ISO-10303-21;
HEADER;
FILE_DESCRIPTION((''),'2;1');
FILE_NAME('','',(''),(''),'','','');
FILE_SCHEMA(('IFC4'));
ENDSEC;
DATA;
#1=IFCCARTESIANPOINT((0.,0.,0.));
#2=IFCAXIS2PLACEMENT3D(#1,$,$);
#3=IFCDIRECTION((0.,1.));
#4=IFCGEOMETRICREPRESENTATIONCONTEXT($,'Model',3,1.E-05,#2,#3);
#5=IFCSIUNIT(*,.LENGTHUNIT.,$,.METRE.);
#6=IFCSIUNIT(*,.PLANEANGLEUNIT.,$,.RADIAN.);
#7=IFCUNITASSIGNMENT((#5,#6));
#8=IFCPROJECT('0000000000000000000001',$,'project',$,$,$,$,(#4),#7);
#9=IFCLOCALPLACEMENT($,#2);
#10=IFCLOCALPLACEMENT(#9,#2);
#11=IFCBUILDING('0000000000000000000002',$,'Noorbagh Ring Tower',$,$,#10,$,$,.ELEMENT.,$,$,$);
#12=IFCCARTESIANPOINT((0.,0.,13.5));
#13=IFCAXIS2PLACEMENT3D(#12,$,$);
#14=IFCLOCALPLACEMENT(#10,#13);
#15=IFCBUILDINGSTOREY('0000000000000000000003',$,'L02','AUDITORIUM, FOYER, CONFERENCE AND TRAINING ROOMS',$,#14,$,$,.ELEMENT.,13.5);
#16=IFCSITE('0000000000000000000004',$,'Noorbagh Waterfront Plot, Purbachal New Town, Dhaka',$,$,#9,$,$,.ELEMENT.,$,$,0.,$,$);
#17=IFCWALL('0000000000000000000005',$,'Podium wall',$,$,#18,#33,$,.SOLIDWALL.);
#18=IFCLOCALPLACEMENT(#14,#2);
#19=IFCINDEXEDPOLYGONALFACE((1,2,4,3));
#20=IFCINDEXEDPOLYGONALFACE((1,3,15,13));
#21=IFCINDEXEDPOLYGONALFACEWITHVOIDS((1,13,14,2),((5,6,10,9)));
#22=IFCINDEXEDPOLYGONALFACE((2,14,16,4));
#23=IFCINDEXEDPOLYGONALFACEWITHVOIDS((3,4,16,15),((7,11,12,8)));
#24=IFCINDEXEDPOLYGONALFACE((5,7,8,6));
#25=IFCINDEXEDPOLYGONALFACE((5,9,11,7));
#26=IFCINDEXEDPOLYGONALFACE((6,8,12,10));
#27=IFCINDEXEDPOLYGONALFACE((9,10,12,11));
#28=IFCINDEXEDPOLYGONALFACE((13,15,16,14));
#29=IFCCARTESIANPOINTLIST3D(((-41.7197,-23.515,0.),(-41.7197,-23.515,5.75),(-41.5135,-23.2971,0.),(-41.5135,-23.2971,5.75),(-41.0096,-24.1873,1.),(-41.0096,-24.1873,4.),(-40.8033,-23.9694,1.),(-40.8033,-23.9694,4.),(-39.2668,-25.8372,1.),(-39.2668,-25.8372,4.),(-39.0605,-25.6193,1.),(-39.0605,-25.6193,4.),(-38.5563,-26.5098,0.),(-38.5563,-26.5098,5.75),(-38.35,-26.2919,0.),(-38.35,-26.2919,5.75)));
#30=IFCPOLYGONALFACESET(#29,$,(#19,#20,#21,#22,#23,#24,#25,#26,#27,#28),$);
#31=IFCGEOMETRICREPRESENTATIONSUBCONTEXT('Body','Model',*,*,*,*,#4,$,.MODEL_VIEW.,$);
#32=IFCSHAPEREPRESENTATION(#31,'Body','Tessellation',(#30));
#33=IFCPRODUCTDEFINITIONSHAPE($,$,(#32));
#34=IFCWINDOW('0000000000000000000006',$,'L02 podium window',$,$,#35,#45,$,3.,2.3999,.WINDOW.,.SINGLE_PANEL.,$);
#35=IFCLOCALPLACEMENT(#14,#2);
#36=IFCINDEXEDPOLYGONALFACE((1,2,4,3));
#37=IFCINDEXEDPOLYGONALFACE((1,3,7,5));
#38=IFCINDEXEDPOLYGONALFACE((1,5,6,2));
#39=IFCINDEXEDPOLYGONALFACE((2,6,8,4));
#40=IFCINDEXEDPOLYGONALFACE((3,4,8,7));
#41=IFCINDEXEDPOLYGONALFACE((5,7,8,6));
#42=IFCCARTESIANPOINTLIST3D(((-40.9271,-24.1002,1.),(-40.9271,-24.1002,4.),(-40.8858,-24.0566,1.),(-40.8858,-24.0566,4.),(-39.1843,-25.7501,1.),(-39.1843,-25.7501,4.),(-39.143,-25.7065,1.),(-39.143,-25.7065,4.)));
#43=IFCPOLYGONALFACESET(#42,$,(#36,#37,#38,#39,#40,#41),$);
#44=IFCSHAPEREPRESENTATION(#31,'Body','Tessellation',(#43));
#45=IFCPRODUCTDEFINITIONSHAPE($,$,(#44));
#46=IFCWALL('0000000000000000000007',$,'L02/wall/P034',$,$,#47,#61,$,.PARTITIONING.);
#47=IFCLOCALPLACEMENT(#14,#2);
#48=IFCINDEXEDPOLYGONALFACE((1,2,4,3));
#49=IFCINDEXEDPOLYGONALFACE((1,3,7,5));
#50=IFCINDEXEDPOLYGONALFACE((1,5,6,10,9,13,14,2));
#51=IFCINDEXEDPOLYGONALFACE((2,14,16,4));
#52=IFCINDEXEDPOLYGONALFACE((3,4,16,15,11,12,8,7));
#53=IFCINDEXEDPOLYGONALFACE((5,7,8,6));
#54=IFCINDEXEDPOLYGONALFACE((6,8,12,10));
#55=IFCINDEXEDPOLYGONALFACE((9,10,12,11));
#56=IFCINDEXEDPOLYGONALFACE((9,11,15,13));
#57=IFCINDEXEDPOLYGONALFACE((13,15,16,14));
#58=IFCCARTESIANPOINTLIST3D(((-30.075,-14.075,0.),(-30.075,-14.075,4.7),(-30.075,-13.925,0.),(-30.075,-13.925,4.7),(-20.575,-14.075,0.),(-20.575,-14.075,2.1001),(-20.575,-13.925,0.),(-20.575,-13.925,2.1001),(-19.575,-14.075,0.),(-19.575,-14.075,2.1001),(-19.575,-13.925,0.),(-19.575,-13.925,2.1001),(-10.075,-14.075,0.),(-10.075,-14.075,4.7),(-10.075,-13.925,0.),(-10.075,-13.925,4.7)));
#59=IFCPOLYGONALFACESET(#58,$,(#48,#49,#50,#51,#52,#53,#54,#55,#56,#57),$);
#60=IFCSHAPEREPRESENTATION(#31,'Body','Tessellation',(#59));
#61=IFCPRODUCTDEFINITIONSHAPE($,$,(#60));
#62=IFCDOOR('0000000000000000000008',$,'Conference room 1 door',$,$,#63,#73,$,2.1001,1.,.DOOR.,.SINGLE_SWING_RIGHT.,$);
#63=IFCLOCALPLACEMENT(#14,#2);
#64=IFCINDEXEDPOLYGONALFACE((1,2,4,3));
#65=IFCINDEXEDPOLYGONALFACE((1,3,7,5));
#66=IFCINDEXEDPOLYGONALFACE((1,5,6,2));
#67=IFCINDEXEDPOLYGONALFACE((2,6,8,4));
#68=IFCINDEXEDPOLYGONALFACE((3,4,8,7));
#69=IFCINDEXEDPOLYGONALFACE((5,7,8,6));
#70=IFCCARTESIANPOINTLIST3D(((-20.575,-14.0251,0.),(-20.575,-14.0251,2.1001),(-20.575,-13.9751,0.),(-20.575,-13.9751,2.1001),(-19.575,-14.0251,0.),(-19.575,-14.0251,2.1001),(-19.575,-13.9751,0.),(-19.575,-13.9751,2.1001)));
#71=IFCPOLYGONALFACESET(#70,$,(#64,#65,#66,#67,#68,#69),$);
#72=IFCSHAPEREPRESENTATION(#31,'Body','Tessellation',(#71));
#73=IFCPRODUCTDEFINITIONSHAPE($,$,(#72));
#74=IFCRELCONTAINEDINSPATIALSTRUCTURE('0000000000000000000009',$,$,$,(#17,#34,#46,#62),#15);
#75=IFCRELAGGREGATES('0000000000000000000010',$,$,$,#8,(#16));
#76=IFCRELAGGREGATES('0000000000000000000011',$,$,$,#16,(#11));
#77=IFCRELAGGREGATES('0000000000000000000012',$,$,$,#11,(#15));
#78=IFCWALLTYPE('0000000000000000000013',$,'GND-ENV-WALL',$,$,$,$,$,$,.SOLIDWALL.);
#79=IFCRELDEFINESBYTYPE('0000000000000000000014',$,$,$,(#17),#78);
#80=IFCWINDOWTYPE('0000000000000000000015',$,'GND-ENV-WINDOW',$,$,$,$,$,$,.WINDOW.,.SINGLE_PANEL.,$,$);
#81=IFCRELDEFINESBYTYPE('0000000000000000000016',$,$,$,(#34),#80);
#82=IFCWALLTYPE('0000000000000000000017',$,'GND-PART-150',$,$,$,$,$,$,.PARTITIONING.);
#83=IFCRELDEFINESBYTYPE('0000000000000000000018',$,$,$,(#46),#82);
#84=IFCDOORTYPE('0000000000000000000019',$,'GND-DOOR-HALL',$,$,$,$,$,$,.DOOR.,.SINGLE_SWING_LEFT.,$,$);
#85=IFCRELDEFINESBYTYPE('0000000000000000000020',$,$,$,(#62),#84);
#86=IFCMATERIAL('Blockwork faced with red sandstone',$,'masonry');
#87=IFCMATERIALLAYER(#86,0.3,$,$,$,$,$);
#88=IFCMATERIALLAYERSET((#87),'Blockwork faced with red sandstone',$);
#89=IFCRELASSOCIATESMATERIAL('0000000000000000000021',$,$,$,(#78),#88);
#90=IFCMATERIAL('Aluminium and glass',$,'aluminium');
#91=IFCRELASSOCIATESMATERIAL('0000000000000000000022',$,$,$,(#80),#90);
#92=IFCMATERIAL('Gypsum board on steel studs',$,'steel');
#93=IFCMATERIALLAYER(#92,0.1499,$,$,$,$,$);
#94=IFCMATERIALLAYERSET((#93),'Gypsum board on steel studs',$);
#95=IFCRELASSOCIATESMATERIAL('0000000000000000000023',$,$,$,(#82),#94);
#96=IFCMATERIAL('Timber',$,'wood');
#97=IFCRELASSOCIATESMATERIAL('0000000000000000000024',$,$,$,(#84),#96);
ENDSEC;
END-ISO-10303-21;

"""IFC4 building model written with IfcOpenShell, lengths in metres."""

from ifc_helpers import new_model, si_unit, direction, frame, frame_2d, origin, place, context, subcontext, project, spatial, rectangle, extrude, material, layer, layer_set, type_object, element, fill, save


model = new_model("IFC4")

# Units and contexts
model_context = context("Model", 3, precision=1e-05, world=origin(), true_north=direction((0.0, 1.0)))
body_context = subcontext(model_context, "Body", "Model", "MODEL_VIEW")
ifc_project = project(units=[si_unit("LENGTHUNIT", "METRE"), si_unit("PLANEANGLEUNIT", "RADIAN")], contexts=[model_context])

# Site, building, storey
site_placement = place(None, origin())
site = spatial("IfcSite", under=ifc_project, at=site_placement, Name="Noorbagh Waterfront Plot, Purbachal New Town, Dhaka", CompositionType="ELEMENT", RefElevation=0.0)
building_placement = place(site_placement, origin())
building = spatial("IfcBuilding", under=site, at=building_placement, Name="Noorbagh Ring Tower", CompositionType="ELEMENT")
storey_placement = place(building_placement, frame((0.0, 0.0, 13.5)))
storey = spatial("IfcBuildingStorey", under=building, at=storey_placement, Name="L02", Description="AUDITORIUM, FOYER, CONFERENCE AND TRAINING ROOMS", CompositionType="ELEMENT", Elevation=13.5)

# Wall, opening, window
ifc_material_1 = material(Name="Blockwork faced with red sandstone", Category="masonry")
ifc_layer_1 = layer(ifc_material_1, 0.3)
ifc_layer_set_1 = layer_set([ifc_layer_1], Name="Blockwork faced with red sandstone")
wall_type_1 = type_object("IfcWallType", Name="GND-ENV-WALL", PredefinedType="SOLIDWALL", material=ifc_layer_set_1)
ifc_material_2 = material(Name="Aluminium and glass", Category="aluminium")
window_type = type_object("IfcWindowType", Name="GND-ENV-WINDOW", PartitioningType="SINGLE_PANEL", PredefinedType="WINDOW", material=ifc_material_2)
wall_1_placement = place(storey_placement, frame((-41.6167, -23.406, 0.0), z_axis=(0.0, 0.0, 1.0), x_axis=(0.726204, -0.687479, 0.0)))
wall_1 = element("IfcWall", 1, at=wall_1_placement, inside=storey, type_object=wall_type_1, Name="Podium wall", PredefinedType="SOLIDWALL", context=body_context, shape_type="SweptSolid", body=[
    extrude(rectangle(XDim=4.3562, YDim=0.3, at=frame_2d((2.1782, 0.0))), origin(), (0.0, 0.0, 1.0), 5.75),
])
opening_1_placement = place(wall_1_placement, frame((0.978, 0.0, 1.0)))
opening_1 = element("IfcOpeningElement", 2, at=opening_1_placement, cuts=wall_1, PredefinedType="OPENING", context=body_context, shape_type="SweptSolid", body=[
    extrude(rectangle(XDim=2.3999, YDim=3.0, at=frame_2d((1.2, 1.5))), frame((0.0, 0.1602, 0.0), z_axis=(0.0, -1.0, 0.0), x_axis=(1.0, 0.0, 0.0)), (0.0, 0.0, 1.0), 0.3201),
])
window_1_placement = place(opening_1_placement, origin())
window_1 = element("IfcWindow", 3, at=window_1_placement, inside=storey, type_object=window_type, Name="L02 podium window", OverallHeight=3.0, OverallWidth=2.3999, PartitioningType="SINGLE_PANEL", PredefinedType="WINDOW", context=body_context, shape_type="SweptSolid", body=[
    extrude(rectangle(XDim=2.3999, YDim=3.0, at=frame_2d((1.2, 1.5))), frame((0.0, 0.03, 0.0), z_axis=(0.0, -1.0, 0.0), x_axis=(1.0, 0.0, 0.0)), (0.0, 0.0, 1.0), 0.0601),
])
fill(opening_1, window_1)

# Wall, opening, door
ifc_material_3 = material(Name="Gypsum board on steel studs", Category="steel")
ifc_layer_2 = layer(ifc_material_3, 0.1499)
ifc_layer_set_2 = layer_set([ifc_layer_2], Name="Gypsum board on steel studs")
wall_type_2 = type_object("IfcWallType", Name="GND-PART-150", PredefinedType="PARTITIONING", material=ifc_layer_set_2)
wall_2_placement = place(storey_placement, frame((-30.075, -14.0, 0.0), z_axis=(0.0, 0.0, 1.0), x_axis=(1.0, 0.0, 0.0)))
wall_2 = element("IfcWall", 4, at=wall_2_placement, inside=storey, type_object=wall_type_2, Name="L02/wall/P034", PredefinedType="PARTITIONING", context=body_context, shape_type="SweptSolid", body=[
    extrude(rectangle(XDim=20.0, YDim=0.1499, at=frame_2d((10.0, 0.0))), origin(), (0.0, 0.0, 1.0), 4.7),
])
opening_2_placement = place(wall_2_placement, frame((9.5, 0.0, 0.0)))
opening_2 = element("IfcOpeningElement", 5, at=opening_2_placement, cuts=wall_2, PredefinedType="OPENING", context=body_context, shape_type="SweptSolid", body=[
    extrude(rectangle(XDim=1.0, YDim=2.1001, at=frame_2d((0.5, 1.05))), frame((0.0, 0.085, 0.0), z_axis=(0.0, -1.0, 0.0), x_axis=(1.0, 0.0, 0.0)), (0.0, 0.0, 1.0), 0.1699),
])
ifc_material_4 = material(Name="Timber", Category="wood")
door_type = type_object("IfcDoorType", Name="GND-DOOR-HALL", OperationType="SINGLE_SWING_LEFT", PredefinedType="DOOR", material=ifc_material_4)
door_placement = place(opening_2_placement, origin())
door = element("IfcDoor", 6, at=door_placement, inside=storey, type_object=door_type, Name="Conference room 1 door", OperationType="SINGLE_SWING_RIGHT", OverallHeight=2.1001, OverallWidth=1.0, PredefinedType="DOOR", context=body_context, shape_type="SweptSolid", body=[
    extrude(rectangle(XDim=1.0, YDim=2.1001, at=frame_2d((0.5, 1.05))), frame((0.0, 0.0249, 0.0), z_axis=(0.0, -1.0, 0.0), x_axis=(1.0, 0.0, 0.0)), (0.0, 0.0, 1.0), 0.05),
])
fill(opening_2, door)

save(model, "model.ifc")
